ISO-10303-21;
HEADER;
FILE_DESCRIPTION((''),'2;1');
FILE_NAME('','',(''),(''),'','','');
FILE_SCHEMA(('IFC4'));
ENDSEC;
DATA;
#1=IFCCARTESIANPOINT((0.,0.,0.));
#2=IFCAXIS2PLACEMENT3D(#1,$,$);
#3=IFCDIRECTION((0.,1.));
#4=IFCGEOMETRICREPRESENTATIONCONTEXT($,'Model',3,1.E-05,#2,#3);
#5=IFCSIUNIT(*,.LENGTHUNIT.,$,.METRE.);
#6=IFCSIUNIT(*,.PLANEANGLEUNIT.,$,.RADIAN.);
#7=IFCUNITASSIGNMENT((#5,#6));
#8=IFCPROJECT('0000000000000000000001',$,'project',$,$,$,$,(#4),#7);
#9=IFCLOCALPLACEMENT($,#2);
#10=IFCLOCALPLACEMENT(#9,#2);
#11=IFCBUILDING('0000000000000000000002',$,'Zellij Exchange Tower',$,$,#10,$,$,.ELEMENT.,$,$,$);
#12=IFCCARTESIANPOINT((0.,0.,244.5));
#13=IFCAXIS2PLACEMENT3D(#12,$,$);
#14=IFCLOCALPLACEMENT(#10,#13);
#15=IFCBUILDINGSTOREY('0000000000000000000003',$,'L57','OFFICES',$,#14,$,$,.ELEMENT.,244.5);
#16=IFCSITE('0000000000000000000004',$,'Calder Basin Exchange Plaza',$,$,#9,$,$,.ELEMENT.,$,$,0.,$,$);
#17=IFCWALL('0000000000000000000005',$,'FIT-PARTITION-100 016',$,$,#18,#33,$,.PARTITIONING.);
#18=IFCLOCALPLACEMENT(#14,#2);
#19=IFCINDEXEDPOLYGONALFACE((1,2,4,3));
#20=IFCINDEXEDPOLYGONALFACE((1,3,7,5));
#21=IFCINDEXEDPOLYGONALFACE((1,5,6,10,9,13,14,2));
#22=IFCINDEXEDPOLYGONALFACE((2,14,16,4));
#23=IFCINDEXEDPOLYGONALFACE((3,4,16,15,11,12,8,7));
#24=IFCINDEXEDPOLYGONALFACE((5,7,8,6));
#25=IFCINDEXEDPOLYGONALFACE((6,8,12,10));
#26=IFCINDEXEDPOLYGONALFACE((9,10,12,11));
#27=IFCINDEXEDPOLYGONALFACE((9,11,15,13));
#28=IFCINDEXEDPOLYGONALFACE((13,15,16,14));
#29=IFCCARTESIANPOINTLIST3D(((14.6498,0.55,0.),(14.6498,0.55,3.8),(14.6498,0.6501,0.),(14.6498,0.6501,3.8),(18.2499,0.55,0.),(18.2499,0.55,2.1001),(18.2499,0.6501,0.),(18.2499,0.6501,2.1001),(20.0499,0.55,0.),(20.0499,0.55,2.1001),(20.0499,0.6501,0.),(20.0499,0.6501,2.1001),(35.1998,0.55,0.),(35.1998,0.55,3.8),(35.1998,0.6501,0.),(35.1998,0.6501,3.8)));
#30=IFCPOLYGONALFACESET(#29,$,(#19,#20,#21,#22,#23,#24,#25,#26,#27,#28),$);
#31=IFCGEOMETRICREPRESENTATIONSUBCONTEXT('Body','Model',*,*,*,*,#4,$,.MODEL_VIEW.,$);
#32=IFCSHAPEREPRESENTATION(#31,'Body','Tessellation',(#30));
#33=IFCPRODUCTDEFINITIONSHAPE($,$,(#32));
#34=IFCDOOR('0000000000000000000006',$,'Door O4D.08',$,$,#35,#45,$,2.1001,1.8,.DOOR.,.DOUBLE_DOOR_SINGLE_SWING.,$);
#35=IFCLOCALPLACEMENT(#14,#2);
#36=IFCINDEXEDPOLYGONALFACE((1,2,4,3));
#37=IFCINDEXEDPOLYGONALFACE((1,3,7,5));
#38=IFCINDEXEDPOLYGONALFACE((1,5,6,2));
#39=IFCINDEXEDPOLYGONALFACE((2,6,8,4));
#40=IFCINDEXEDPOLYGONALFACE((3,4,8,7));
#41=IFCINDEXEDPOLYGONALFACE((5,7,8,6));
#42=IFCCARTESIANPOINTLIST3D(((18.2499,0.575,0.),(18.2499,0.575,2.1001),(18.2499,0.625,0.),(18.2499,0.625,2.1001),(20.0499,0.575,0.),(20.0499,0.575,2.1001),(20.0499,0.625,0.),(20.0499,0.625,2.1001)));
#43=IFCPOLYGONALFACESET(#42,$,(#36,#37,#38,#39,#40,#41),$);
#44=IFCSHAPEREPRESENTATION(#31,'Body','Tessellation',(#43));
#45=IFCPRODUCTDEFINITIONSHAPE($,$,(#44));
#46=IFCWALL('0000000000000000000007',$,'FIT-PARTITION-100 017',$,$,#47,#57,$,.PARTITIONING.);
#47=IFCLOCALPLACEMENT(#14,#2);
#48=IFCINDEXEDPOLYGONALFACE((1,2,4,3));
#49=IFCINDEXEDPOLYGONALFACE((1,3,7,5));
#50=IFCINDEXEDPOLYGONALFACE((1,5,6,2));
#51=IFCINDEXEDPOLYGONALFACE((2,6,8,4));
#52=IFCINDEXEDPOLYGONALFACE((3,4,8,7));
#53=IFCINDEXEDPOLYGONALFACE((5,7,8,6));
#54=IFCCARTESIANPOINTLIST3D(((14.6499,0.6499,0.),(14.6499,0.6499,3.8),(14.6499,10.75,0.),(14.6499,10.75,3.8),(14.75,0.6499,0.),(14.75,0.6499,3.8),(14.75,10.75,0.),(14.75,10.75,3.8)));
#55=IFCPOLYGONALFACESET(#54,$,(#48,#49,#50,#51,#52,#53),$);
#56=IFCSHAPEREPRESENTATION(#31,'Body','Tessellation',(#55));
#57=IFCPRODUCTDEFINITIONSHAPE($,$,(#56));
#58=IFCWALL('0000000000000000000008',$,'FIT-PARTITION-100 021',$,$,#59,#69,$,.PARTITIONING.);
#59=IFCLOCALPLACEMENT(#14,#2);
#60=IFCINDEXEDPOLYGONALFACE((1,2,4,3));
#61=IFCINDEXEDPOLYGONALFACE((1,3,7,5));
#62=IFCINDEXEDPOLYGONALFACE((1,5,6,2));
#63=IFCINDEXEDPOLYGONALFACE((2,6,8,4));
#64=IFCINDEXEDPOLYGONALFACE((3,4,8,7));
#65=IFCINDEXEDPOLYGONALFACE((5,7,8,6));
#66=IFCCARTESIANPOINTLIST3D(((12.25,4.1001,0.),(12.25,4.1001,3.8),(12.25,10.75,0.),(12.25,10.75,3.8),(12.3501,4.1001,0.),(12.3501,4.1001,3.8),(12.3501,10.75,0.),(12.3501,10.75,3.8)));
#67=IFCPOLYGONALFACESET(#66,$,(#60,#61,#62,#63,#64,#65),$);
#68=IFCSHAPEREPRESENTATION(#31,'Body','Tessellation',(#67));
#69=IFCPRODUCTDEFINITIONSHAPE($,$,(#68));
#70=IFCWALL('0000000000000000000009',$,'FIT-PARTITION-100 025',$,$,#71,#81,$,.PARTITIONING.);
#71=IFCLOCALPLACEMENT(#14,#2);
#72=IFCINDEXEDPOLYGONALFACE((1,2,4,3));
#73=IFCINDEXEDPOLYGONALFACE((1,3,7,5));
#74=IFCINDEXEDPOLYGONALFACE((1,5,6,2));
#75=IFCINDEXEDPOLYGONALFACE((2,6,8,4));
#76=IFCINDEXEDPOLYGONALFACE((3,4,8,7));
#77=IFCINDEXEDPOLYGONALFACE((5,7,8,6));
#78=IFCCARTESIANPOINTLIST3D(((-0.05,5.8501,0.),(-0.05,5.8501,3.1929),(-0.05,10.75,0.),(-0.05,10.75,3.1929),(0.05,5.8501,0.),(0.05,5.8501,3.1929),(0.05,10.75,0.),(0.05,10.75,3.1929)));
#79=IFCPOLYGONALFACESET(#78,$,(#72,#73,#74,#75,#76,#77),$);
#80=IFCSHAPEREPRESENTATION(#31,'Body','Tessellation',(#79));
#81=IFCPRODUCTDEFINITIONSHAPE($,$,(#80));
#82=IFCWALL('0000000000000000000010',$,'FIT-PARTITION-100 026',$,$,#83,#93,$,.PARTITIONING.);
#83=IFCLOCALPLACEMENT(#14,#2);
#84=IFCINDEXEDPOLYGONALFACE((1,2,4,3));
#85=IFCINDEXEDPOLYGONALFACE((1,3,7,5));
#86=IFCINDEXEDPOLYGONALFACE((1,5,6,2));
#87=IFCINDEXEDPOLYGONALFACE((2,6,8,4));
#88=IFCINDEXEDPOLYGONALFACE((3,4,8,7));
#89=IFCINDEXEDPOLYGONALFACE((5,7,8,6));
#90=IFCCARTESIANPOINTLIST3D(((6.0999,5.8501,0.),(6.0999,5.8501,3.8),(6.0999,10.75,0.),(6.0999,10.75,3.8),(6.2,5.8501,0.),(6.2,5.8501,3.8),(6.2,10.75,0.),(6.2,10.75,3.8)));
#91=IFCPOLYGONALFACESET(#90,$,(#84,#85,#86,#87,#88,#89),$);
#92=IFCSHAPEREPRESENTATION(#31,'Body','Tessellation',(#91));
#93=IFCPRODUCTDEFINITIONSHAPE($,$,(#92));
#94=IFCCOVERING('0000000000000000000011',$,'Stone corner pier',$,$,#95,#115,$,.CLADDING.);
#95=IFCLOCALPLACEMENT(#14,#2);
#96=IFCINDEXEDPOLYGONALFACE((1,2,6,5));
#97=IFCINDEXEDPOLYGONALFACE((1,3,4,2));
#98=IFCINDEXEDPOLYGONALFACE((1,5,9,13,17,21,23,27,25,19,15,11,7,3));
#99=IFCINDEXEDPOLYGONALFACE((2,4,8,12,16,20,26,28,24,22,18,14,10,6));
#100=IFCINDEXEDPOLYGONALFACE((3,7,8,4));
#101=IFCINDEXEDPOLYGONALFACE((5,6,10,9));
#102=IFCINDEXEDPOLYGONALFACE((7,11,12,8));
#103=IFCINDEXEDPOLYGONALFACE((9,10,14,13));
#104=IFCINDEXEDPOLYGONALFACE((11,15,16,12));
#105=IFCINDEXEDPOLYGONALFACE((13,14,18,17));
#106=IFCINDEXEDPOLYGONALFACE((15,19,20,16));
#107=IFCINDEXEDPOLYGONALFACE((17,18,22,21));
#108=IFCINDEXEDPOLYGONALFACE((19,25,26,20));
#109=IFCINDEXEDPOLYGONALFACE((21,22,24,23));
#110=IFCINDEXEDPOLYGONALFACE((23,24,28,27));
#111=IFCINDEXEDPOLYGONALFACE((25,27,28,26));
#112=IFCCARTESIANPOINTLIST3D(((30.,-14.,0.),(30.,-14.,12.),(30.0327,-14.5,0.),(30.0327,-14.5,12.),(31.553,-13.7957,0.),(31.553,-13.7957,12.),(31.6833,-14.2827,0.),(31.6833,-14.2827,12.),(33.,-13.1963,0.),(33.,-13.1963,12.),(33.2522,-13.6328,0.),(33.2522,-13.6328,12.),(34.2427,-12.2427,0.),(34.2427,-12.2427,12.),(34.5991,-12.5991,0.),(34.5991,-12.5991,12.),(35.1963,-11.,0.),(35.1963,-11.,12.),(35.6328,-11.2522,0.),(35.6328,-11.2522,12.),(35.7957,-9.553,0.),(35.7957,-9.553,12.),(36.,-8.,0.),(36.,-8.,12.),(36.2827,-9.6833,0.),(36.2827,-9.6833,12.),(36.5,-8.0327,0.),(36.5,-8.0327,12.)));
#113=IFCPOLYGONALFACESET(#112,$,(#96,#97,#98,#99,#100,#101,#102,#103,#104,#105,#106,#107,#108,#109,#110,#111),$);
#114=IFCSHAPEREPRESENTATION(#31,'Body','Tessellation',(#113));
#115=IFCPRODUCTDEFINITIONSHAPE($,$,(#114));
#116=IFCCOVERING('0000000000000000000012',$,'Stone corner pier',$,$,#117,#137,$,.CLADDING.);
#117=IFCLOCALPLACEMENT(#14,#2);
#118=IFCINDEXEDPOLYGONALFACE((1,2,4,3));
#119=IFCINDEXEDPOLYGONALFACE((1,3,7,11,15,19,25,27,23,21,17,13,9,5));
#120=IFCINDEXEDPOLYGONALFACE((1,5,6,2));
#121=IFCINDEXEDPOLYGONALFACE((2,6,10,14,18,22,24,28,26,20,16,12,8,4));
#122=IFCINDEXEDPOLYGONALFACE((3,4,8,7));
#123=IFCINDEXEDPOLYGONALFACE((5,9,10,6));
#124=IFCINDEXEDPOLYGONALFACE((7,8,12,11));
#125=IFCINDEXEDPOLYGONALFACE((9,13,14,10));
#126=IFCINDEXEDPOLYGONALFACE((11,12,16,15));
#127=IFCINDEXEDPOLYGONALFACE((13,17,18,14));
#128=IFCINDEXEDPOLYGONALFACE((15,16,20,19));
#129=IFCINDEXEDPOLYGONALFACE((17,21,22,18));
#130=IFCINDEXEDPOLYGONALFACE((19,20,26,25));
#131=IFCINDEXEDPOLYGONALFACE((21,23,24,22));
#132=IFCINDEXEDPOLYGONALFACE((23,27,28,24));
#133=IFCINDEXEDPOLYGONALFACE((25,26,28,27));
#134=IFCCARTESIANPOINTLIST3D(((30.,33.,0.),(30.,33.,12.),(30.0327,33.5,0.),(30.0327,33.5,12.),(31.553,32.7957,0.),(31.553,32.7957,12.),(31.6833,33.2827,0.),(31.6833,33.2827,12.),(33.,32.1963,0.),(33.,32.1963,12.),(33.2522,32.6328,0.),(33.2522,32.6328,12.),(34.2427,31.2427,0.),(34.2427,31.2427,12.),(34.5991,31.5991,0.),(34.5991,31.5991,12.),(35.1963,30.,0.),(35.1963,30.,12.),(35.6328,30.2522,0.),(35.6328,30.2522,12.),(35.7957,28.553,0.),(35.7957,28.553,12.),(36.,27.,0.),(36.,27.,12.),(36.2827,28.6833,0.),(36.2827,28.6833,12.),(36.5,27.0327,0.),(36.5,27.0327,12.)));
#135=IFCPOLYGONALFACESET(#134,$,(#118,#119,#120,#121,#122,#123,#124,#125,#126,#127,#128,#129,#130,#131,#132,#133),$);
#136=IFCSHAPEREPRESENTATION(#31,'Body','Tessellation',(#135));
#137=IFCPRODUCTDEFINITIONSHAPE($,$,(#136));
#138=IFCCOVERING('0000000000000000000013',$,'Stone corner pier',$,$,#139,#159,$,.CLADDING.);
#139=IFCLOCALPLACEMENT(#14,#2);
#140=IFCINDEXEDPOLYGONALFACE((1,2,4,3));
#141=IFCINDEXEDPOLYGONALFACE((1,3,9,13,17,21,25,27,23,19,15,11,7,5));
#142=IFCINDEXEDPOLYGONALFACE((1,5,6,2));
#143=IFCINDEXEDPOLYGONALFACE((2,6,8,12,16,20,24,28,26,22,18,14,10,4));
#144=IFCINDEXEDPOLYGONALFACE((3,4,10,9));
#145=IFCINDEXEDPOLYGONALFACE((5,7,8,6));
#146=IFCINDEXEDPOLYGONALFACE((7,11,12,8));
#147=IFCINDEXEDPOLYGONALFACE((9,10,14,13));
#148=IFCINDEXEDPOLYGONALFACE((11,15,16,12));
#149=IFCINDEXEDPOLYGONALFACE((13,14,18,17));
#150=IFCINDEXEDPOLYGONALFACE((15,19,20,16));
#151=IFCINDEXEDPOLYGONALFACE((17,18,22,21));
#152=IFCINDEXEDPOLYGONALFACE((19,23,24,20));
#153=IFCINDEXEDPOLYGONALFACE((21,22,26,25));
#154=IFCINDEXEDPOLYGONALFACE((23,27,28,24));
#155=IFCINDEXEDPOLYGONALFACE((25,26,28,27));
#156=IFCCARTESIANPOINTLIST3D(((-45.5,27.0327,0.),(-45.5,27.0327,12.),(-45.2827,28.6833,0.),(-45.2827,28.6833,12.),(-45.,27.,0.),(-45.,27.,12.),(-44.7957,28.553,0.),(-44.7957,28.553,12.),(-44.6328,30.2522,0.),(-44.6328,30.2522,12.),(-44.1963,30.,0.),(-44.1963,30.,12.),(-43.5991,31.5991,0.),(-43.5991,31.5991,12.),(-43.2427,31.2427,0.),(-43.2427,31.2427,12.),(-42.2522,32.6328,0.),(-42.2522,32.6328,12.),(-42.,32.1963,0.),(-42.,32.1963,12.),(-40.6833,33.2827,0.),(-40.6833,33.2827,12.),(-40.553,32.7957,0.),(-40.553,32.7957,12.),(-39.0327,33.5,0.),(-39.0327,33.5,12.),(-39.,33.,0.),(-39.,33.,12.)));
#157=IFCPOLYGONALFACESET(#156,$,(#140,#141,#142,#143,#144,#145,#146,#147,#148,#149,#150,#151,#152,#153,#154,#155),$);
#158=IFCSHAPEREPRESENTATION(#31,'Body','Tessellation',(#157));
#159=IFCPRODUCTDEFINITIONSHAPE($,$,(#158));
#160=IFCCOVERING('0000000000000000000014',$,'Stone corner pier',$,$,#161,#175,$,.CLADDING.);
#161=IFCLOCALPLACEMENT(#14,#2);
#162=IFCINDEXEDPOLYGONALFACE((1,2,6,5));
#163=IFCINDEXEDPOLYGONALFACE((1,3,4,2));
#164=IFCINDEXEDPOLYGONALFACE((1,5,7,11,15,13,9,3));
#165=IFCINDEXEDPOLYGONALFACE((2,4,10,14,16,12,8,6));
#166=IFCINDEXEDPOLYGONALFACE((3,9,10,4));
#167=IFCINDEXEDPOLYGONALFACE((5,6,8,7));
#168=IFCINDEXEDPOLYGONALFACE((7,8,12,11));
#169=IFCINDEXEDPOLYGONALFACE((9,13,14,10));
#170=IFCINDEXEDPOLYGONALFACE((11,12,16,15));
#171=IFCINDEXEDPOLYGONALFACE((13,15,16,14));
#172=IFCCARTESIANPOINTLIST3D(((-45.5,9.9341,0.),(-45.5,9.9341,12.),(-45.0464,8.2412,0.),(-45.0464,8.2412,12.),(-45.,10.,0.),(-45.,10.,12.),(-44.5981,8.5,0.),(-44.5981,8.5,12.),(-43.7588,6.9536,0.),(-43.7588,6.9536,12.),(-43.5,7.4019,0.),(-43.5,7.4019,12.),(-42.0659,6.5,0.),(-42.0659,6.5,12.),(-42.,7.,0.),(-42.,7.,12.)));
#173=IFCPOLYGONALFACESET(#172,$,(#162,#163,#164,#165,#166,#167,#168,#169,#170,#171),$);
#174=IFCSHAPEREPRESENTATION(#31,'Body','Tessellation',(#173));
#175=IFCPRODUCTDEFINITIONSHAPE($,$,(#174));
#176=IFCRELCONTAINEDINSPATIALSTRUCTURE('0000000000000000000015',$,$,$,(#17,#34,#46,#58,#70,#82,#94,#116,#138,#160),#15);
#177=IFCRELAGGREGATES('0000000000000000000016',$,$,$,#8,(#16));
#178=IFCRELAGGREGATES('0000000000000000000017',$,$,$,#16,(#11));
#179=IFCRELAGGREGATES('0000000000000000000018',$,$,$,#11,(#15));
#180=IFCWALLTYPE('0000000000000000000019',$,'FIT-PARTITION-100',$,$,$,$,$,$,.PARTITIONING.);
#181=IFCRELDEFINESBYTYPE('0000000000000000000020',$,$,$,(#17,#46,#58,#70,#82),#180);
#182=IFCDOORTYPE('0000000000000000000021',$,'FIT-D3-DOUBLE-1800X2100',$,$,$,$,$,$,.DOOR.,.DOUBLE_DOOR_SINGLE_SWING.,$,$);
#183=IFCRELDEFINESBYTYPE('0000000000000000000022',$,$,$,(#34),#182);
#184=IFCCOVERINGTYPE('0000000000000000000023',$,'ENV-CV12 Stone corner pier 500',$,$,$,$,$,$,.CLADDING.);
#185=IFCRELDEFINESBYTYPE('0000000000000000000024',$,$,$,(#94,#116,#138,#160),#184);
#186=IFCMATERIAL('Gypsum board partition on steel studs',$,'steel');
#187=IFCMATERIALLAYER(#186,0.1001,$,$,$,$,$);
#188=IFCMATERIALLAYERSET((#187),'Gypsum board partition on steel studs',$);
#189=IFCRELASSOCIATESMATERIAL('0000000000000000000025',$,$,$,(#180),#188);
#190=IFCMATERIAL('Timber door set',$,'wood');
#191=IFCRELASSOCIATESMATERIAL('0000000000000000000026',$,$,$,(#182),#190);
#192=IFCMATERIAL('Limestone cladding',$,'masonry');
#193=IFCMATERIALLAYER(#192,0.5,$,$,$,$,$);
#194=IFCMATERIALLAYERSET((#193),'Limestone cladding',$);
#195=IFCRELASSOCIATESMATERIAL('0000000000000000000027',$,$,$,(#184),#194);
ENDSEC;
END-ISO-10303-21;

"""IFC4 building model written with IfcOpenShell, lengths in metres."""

from ifc_helpers import new_model, si_unit, direction, frame, frame_2d, origin, place, context, subcontext, project, spatial, polyline, rectangle, outline, extrude, material, layer, layer_set, type_object, element, fill, save


model = new_model("IFC4")

# Units and contexts
model_context = context("Model", 3, precision=1e-05, world=origin(), true_north=direction((0.0, 1.0)))
body_context = subcontext(model_context, "Body", "Model", "MODEL_VIEW")
ifc_project = project(units=[si_unit("LENGTHUNIT", "METRE"), si_unit("PLANEANGLEUNIT", "RADIAN")], contexts=[model_context])

# Site, building, storey
site_placement = place(None, origin())
site = spatial("IfcSite", under=ifc_project, at=site_placement, Name="Calder Basin Exchange Plaza", CompositionType="ELEMENT", RefElevation=0.0)
building_placement = place(site_placement, origin())
building = spatial("IfcBuilding", under=site, at=building_placement, Name="Zellij Exchange Tower", CompositionType="ELEMENT")
storey_placement = place(building_placement, frame((0.0, 0.0, 244.5)))
storey = spatial("IfcBuildingStorey", under=building, at=storey_placement, Name="L57", Description="OFFICES", CompositionType="ELEMENT", Elevation=244.5)

# Wall, opening, door
ifc_material_1 = material(Name="Gypsum board partition on steel studs", Category="steel")
ifc_layer_1 = layer(ifc_material_1, 0.1001)
ifc_layer_set_1 = layer_set([ifc_layer_1], Name="Gypsum board partition on steel studs")
wall_type_1 = type_object("IfcWallType", Name="FIT-PARTITION-100", PredefinedType="PARTITIONING", material=ifc_layer_set_1)
wall_1_placement = place(storey_placement, frame((14.6499, 0.6001, 0.0), z_axis=(0.0, 0.0, 1.0), x_axis=(1.0, 0.0, 0.0)))
wall_1 = element("IfcWall", 1, at=wall_1_placement, inside=storey, type_object=wall_type_1, Name="FIT-PARTITION-100 016", PredefinedType="PARTITIONING", context=body_context, shape_type="SweptSolid", body=[
    extrude(rectangle(XDim=20.55, YDim=0.1001, at=frame_2d((10.2749, 0.0))), origin(), (0.0, 0.0, 1.0), 3.8),
])
opening_placement = place(wall_1_placement, frame((3.6001, 0.0, 0.0)))
opening = element("IfcOpeningElement", 2, at=opening_placement, cuts=wall_1, PredefinedType="OPENING", context=body_context, shape_type="SweptSolid", body=[
    extrude(rectangle(XDim=1.8, YDim=2.1001, at=frame_2d((0.8999, 1.05))), frame((0.0, 0.062, 0.0), z_axis=(0.0, -1.0, 0.0), x_axis=(1.0, 0.0, 0.0)), (0.0, 0.0, 1.0), 0.124),
])
ifc_material_2 = material(Name="Timber door set", Category="wood")
door_type = type_object("IfcDoorType", Name="FIT-D3-DOUBLE-1800X2100", OperationType="DOUBLE_DOOR_SINGLE_SWING", PredefinedType="DOOR", material=ifc_material_2)
door_placement = place(opening_placement, origin())
door = element("IfcDoor", 3, at=door_placement, inside=storey, type_object=door_type, Name="Door O4D.08", OperationType="DOUBLE_DOOR_SINGLE_SWING", OverallHeight=2.1001, OverallWidth=1.8, PredefinedType="DOOR", context=body_context, shape_type="SweptSolid", body=[
    extrude(rectangle(XDim=1.8, YDim=2.1001, at=frame_2d((0.8999, 1.05))), frame((0.0, 0.0249, 0.0), z_axis=(0.0, -1.0, 0.0), x_axis=(1.0, 0.0, 0.0)), (0.0, 0.0, 1.0), 0.05),
])
fill(opening, door)

# Walls
wall_2_placement = place(storey_placement, frame((14.7, 0.6499, 0.0), z_axis=(0.0, 0.0, 1.0), x_axis=(0.0, 1.0, 0.0)))
element("IfcWall", 4, at=wall_2_placement, inside=storey, type_object=wall_type_1, Name="FIT-PARTITION-100 017", PredefinedType="PARTITIONING", context=body_context, shape_type="SweptSolid", body=[
    extrude(rectangle(XDim=10.1001, YDim=0.1001, at=frame_2d((5.05, 0.0))), origin(), (0.0, 0.0, 1.0), 3.8),
])
wall_3_placement = place(storey_placement, frame((12.3, 4.1001, 0.0), z_axis=(0.0, 0.0, 1.0), x_axis=(0.0, 1.0, 0.0)))
element("IfcWall", 5, at=wall_3_placement, inside=storey, type_object=wall_type_1, Name="FIT-PARTITION-100 021", PredefinedType="PARTITIONING", context=body_context, shape_type="SweptSolid", body=[
    extrude(rectangle(XDim=6.6499, YDim=0.1001, at=frame_2d((3.325, 0.0))), origin(), (0.0, 0.0, 1.0), 3.8),
])
wall_4_placement = place(storey_placement, frame((0.0, 5.8501, 0.0), z_axis=(0.0, 0.0, 1.0), x_axis=(0.0, 1.0, 0.0)))
element("IfcWall", 6, at=wall_4_placement, inside=storey, type_object=wall_type_1, Name="FIT-PARTITION-100 025", PredefinedType="PARTITIONING", context=body_context, shape_type="SweptSolid", body=[
    extrude(rectangle(XDim=4.8999, YDim=0.1001, at=frame_2d((2.45, 0.0))), origin(), (0.0, 0.0, 1.0), 3.1929),
])
wall_5_placement = place(storey_placement, frame((6.1499, 5.8501, 0.0), z_axis=(0.0, 0.0, 1.0), x_axis=(0.0, 1.0, 0.0)))
element("IfcWall", 7, at=wall_5_placement, inside=storey, type_object=wall_type_1, Name="FIT-PARTITION-100 026", PredefinedType="PARTITIONING", context=body_context, shape_type="SweptSolid", body=[
    extrude(rectangle(XDim=4.8999, YDim=0.1001, at=frame_2d((2.45, 0.0))), origin(), (0.0, 0.0, 1.0), 3.8),
])

# Coverings
ifc_material_3 = material(Name="Limestone cladding", Category="masonry")
ifc_layer_2 = layer(ifc_material_3, 0.5)
ifc_layer_set_2 = layer_set([ifc_layer_2], Name="Limestone cladding")
covering_type = type_object("IfcCoveringType", Name="ENV-CV12 Stone corner pier 500", PredefinedType="CLADDING", material=ifc_layer_set_2)
covering_1_placement = place(storey_placement, origin())
element("IfcCovering", 8, at=covering_1_placement, inside=storey, type_object=covering_type, Name="Stone corner pier", PredefinedType="CLADDING", context=body_context, shape_type="SweptSolid", body=[
    extrude(outline(polyline([(30.0, -14.0), (31.553, -13.7957), (33.0, -13.1963), (34.2427, -12.2427), (35.1963, -11.0), (35.7957, -9.553), (36.0, -8.0), (36.5, -8.0327), (36.2827, -9.6833), (35.6328, -11.2522), (34.5991, -12.5991), (33.2522, -13.6328), (31.6833, -14.2827), (30.0327, -14.5), (30.0, -14.0)])), origin(), (0.0, 0.0, 1.0), 12.0),
])
covering_2_placement = place(storey_placement, origin())
element("IfcCovering", 9, at=covering_2_placement, inside=storey, type_object=covering_type, Name="Stone corner pier", PredefinedType="CLADDING", context=body_context, shape_type="SweptSolid", body=[
    extrude(outline(polyline([(36.0, 27.0), (35.7957, 28.553), (35.1963, 30.0), (34.2427, 31.2427), (33.0, 32.1963), (31.553, 32.7957), (30.0, 33.0), (30.0327, 33.5), (31.6833, 33.2827), (33.2522, 32.6328), (34.5991, 31.5991), (35.6328, 30.2522), (36.2827, 28.6833), (36.5, 27.0327), (36.0, 27.0)])), origin(), (0.0, 0.0, 1.0), 12.0),
])
covering_3_placement = place(storey_placement, origin())
element("IfcCovering", 10, at=covering_3_placement, inside=storey, type_object=covering_type, Name="Stone corner pier", PredefinedType="CLADDING", context=body_context, shape_type="SweptSolid", body=[
    extrude(outline(polyline([(-39.0, 33.0), (-40.553, 32.7957), (-42.0, 32.1963), (-43.2427, 31.2427), (-44.1963, 30.0), (-44.7957, 28.553), (-45.0, 27.0), (-45.5, 27.0327), (-45.2827, 28.6833), (-44.6328, 30.2522), (-43.5991, 31.5991), (-42.2522, 32.6328), (-40.6833, 33.2827), (-39.0327, 33.5), (-39.0, 33.0)])), origin(), (0.0, 0.0, 1.0), 12.0),
])
covering_4_placement = place(storey_placement, origin())
element("IfcCovering", 11, at=covering_4_placement, inside=storey, type_object=covering_type, Name="Stone corner pier", PredefinedType="CLADDING", context=body_context, shape_type="SweptSolid", body=[
    extrude(outline(polyline([(-45.0, 10.0), (-44.5981, 8.5), (-43.5, 7.4019), (-42.0, 7.0), (-42.0659, 6.5), (-43.7588, 6.9536), (-45.0464, 8.2412), (-45.5, 9.9341), (-45.0, 10.0)])), origin(), (0.0, 0.0, 1.0), 12.0),
])

save(model, "model.ifc")
